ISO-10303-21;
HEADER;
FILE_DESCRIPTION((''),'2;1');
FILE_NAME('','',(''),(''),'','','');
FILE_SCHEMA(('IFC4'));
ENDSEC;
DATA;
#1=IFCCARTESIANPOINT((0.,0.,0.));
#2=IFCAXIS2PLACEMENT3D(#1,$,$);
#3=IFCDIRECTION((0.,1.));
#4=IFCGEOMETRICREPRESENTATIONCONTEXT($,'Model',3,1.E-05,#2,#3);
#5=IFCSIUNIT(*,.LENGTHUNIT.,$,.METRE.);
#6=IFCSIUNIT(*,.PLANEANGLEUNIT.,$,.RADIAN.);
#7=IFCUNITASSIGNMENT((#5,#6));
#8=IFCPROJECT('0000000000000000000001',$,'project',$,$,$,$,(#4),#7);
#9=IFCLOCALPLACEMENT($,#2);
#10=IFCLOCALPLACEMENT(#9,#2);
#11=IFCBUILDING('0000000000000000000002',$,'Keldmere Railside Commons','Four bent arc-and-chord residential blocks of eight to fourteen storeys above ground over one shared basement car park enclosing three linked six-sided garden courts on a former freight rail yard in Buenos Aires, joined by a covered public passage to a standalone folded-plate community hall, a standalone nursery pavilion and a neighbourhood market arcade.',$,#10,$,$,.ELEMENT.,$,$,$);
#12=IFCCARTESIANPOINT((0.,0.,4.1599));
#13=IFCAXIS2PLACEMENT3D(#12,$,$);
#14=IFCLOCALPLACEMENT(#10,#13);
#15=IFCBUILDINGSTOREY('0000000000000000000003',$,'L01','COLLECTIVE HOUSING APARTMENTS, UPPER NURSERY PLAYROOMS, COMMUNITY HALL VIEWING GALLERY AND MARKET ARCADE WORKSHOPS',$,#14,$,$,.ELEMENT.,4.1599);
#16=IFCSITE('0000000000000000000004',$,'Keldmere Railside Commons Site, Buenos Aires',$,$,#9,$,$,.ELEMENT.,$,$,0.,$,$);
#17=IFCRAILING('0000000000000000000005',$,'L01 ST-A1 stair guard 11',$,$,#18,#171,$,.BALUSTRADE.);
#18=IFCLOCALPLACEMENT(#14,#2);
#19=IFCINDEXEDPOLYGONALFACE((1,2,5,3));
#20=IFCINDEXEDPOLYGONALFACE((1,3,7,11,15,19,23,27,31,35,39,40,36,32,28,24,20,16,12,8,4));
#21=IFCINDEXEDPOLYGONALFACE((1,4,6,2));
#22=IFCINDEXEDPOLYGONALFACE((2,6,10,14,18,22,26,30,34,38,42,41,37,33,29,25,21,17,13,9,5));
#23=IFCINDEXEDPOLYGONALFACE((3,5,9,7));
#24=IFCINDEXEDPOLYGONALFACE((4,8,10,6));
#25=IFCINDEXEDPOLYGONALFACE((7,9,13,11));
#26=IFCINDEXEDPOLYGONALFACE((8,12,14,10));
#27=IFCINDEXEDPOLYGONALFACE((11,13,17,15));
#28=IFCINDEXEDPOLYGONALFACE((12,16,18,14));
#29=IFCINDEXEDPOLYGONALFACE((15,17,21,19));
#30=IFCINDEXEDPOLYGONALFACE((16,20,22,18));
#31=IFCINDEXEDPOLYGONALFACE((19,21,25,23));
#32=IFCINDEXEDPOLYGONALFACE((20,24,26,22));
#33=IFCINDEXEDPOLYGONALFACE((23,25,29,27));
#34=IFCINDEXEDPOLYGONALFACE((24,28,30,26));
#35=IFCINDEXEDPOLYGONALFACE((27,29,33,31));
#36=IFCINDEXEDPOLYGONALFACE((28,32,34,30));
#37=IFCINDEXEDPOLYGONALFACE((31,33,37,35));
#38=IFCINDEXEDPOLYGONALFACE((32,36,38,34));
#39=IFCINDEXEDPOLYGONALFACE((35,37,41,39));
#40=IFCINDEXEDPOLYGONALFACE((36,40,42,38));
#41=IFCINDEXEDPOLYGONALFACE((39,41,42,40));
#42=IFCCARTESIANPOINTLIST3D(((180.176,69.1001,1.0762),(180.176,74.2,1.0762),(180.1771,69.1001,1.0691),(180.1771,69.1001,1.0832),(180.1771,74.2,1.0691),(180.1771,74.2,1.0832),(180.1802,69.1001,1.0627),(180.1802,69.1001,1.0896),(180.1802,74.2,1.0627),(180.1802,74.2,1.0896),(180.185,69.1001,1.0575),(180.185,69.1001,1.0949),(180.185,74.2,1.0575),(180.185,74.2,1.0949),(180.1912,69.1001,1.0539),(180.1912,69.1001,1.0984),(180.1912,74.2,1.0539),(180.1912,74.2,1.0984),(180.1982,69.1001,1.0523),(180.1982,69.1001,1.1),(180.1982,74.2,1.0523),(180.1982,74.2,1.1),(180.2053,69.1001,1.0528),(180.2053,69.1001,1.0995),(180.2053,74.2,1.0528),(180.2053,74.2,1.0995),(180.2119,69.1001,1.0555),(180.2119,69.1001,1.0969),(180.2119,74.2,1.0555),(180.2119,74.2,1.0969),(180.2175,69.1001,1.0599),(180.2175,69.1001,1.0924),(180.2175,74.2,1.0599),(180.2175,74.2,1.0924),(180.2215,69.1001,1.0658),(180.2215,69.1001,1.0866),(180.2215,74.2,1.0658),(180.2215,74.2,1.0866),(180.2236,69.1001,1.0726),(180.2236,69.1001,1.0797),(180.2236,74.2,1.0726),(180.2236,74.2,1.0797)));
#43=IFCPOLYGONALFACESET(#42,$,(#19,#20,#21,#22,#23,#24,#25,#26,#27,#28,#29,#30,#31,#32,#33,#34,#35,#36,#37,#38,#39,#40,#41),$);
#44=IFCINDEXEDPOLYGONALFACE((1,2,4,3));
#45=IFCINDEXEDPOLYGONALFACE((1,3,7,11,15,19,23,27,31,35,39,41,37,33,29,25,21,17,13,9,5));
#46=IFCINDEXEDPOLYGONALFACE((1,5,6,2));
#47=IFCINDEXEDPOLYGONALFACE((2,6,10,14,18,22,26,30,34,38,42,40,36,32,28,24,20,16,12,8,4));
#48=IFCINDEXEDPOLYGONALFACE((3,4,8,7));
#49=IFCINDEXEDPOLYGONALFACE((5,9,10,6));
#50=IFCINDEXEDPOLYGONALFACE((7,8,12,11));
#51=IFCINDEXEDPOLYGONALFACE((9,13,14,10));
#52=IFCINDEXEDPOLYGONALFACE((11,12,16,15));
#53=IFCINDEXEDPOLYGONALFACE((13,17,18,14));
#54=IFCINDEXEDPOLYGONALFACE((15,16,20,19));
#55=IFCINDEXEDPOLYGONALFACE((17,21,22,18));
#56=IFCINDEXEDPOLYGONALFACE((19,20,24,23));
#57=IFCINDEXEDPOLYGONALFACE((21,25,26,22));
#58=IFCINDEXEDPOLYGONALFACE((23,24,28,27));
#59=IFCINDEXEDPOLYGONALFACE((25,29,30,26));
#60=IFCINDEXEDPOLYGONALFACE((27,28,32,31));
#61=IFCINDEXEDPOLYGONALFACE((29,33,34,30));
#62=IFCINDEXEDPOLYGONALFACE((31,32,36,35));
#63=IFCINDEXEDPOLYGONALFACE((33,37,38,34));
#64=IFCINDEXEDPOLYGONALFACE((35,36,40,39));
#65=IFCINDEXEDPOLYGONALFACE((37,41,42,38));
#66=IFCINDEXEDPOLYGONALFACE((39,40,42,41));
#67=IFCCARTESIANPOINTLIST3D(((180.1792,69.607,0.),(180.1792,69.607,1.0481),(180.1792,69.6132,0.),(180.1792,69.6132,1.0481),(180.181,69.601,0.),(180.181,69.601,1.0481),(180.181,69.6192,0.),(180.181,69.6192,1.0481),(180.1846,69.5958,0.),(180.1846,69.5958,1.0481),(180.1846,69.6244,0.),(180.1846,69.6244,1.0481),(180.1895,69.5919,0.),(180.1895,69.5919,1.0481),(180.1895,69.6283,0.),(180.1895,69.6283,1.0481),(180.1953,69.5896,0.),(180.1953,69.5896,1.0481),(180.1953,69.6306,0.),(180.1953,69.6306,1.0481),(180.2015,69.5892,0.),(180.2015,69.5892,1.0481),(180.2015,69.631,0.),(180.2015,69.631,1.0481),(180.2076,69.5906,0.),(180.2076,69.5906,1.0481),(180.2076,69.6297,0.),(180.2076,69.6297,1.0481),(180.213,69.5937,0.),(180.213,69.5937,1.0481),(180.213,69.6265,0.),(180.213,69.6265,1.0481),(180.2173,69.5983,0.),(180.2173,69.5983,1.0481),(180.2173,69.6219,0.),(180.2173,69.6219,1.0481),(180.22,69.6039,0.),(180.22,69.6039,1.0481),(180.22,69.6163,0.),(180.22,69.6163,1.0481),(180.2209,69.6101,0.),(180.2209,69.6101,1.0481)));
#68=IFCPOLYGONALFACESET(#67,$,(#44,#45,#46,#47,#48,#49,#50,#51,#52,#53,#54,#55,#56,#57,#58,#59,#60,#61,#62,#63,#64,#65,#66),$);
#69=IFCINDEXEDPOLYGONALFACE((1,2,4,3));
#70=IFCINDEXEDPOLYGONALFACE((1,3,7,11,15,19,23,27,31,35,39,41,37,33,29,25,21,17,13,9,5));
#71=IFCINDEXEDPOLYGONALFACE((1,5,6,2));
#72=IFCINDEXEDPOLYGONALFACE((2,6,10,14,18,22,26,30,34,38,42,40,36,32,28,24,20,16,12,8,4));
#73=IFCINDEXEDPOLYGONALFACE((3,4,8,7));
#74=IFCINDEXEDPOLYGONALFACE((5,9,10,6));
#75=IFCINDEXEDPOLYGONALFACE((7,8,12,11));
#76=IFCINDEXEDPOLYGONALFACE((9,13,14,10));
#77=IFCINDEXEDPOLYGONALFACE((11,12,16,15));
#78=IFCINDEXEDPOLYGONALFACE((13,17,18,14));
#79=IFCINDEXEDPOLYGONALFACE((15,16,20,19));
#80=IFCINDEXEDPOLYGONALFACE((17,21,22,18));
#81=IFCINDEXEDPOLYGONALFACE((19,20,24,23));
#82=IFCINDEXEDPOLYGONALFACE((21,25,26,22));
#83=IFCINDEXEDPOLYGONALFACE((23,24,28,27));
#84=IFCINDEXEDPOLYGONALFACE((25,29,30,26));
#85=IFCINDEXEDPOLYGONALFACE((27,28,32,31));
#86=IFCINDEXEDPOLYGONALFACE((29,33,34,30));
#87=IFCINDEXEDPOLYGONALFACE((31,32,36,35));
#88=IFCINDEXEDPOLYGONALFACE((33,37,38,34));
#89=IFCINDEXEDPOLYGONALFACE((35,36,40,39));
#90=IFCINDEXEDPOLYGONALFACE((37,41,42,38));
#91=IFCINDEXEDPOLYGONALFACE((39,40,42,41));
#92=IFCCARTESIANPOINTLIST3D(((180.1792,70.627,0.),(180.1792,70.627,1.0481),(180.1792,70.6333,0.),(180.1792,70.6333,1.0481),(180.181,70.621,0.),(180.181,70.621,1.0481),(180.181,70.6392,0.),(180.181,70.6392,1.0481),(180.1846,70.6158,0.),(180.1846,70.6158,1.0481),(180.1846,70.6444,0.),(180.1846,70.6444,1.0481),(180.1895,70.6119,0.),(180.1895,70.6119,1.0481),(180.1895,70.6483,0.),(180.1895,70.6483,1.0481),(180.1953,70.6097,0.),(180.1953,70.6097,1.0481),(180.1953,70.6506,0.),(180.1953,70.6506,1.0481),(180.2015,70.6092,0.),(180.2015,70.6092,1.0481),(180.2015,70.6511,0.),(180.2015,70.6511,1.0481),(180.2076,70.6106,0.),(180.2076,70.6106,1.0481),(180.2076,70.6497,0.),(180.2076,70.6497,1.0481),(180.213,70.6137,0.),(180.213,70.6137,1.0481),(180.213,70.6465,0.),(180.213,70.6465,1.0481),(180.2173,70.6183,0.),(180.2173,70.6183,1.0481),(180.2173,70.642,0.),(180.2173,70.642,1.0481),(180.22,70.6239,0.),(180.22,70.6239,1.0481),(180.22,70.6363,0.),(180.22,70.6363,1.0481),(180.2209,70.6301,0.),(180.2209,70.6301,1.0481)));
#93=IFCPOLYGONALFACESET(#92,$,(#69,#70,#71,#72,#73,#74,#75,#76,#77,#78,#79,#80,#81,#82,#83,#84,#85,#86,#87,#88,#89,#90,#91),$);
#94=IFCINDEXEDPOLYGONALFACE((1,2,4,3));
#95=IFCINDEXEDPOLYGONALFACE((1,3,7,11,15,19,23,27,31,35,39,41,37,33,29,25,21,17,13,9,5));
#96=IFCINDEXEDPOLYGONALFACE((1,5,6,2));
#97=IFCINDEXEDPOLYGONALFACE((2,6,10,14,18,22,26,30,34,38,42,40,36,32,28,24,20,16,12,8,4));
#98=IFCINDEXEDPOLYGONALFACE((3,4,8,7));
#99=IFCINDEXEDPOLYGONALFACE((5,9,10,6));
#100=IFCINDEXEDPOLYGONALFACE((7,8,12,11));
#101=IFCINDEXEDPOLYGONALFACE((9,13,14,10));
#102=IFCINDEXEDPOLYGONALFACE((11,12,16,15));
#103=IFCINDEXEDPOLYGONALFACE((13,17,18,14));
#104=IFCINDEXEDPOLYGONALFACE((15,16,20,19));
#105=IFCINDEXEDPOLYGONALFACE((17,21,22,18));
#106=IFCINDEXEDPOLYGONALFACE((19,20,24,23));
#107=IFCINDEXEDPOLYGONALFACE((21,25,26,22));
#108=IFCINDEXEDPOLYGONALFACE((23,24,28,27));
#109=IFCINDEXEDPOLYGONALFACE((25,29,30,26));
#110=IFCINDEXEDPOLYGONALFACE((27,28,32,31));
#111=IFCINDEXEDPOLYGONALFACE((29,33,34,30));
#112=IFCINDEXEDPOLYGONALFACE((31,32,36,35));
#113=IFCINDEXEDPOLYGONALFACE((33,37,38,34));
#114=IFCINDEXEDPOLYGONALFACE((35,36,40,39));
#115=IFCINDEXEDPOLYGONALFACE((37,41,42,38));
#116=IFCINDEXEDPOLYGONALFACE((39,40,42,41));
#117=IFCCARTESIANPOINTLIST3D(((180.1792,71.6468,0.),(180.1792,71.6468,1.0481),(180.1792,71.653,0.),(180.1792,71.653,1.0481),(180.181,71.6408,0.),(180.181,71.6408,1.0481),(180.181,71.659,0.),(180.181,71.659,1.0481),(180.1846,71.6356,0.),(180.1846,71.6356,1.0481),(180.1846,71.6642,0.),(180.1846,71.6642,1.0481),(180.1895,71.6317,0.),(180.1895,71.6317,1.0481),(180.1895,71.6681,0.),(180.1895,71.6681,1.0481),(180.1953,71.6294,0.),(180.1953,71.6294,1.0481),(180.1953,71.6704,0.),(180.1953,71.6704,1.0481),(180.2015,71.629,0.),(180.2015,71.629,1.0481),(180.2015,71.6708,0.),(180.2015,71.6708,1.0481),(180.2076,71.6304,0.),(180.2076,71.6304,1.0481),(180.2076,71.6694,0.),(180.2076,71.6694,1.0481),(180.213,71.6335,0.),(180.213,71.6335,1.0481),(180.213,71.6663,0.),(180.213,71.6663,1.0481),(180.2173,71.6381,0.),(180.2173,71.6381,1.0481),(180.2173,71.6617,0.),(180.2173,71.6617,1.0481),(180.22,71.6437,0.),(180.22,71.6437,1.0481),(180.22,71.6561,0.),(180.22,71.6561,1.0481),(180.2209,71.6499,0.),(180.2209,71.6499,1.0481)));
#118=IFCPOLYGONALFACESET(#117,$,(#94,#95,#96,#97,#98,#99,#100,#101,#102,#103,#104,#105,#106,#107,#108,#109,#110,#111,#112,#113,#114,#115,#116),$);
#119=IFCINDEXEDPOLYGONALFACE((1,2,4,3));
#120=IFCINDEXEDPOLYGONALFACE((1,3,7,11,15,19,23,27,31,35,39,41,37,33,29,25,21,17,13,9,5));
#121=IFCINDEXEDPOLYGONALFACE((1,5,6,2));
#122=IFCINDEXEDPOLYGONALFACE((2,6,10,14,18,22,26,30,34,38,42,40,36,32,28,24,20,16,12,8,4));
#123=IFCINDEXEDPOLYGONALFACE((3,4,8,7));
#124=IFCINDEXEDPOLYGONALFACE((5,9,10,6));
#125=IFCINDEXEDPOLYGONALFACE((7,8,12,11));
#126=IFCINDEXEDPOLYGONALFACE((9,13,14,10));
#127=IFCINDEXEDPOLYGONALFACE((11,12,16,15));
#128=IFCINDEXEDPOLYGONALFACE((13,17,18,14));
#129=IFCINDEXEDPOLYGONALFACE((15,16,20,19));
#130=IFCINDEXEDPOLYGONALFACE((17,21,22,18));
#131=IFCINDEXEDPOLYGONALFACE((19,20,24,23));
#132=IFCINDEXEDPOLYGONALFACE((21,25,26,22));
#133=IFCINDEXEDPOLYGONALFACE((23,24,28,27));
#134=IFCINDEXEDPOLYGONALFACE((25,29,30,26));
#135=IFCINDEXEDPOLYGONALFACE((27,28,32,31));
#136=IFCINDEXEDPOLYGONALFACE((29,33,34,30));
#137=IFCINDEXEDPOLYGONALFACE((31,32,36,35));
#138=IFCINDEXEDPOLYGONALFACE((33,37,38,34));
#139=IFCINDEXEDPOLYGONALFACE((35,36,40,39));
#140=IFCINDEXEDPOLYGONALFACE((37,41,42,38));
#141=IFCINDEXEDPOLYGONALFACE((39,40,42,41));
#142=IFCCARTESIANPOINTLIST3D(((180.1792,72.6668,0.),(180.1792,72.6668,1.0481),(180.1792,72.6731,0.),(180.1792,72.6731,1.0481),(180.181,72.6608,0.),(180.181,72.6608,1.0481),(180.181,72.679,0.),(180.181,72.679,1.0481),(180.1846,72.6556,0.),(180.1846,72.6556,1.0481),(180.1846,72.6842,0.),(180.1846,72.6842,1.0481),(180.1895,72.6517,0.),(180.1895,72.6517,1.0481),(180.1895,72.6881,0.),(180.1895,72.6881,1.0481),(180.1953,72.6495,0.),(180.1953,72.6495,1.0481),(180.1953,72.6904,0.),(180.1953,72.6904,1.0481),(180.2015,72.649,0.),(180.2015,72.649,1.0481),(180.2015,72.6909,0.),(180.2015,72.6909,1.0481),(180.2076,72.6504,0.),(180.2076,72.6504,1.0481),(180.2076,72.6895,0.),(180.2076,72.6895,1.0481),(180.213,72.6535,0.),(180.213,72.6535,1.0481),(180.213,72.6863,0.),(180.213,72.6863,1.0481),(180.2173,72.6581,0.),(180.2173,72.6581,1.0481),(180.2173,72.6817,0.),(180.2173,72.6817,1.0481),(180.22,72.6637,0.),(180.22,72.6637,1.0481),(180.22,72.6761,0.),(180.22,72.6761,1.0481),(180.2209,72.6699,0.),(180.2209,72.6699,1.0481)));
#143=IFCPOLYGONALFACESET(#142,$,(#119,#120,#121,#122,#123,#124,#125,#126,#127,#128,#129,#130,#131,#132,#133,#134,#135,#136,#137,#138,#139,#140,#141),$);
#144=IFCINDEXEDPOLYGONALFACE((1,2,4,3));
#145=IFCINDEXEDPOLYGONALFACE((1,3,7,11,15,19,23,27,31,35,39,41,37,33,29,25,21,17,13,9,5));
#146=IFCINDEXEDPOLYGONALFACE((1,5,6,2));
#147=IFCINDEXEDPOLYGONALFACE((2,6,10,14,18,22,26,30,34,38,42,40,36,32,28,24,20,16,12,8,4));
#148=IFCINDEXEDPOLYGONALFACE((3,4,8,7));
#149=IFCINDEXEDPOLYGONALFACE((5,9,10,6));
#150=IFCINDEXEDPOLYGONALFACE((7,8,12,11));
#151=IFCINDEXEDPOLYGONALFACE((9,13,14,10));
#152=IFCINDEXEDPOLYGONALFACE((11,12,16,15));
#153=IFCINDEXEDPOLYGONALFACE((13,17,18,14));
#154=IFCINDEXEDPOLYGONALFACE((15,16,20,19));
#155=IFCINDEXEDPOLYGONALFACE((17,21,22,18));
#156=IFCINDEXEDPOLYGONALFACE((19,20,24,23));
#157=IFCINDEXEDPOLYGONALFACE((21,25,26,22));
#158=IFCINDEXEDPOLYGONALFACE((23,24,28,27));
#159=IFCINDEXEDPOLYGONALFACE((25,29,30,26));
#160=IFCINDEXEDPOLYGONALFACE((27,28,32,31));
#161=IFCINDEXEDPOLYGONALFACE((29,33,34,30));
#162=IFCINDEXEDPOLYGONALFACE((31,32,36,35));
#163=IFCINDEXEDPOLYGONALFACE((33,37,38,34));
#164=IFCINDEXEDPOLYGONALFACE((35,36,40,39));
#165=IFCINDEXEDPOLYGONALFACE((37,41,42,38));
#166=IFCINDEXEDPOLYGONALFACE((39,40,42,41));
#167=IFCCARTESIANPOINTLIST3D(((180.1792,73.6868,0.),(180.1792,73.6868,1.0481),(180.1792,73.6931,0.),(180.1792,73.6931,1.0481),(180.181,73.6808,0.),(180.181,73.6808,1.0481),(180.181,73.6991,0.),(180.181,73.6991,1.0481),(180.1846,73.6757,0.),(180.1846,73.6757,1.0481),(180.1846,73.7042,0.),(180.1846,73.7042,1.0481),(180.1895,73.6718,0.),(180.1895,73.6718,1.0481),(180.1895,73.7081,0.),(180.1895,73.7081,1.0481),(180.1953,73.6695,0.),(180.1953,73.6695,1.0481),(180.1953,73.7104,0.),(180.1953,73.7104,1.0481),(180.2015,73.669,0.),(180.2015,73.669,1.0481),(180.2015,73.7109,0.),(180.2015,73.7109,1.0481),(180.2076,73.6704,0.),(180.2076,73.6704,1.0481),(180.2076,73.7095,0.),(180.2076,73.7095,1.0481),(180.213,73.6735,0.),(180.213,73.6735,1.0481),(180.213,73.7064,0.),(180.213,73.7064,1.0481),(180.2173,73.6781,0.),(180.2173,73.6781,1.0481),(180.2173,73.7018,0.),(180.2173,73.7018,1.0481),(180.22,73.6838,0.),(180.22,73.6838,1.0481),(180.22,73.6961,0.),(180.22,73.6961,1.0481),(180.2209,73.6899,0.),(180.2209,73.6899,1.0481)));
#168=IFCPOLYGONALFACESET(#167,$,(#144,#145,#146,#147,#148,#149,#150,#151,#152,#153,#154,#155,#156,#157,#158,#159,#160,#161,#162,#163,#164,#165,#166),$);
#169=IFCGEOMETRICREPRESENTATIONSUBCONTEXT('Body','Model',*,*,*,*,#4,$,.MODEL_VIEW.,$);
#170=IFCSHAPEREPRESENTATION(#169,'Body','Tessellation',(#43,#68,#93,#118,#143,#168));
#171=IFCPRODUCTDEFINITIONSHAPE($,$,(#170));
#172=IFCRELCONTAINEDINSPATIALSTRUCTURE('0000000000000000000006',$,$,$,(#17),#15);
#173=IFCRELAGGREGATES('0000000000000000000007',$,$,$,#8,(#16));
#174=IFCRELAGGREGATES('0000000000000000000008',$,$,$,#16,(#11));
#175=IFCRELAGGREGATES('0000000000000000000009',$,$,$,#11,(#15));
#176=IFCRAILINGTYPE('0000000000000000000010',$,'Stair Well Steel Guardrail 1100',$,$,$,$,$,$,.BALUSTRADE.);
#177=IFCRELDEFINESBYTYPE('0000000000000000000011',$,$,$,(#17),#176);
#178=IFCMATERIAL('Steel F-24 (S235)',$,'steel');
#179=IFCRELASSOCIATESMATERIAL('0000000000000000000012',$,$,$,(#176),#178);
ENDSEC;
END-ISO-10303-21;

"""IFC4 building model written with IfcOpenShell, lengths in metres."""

from ifc_helpers import new_model, si_unit, direction, frame, origin, origin_2d, place, context, subcontext, project, spatial, circle, extrude, material, type_object, element, save


model = new_model("IFC4")

# Units and contexts
model_context = context("Model", 3, precision=1e-05, world=origin(), true_north=direction((0.0, 1.0)))
body_context = subcontext(model_context, "Body", "Model", "MODEL_VIEW")
ifc_project = project(units=[si_unit("LENGTHUNIT", "METRE"), si_unit("PLANEANGLEUNIT", "RADIAN")], contexts=[model_context])

# Site, building, storey
site_placement = place(None, origin())
site = spatial("IfcSite", under=ifc_project, at=site_placement, Name="Keldmere Railside Commons Site, Buenos Aires", CompositionType="ELEMENT", RefElevation=0.0)
building_placement = place(site_placement, origin())
building = spatial("IfcBuilding", under=site, at=building_placement, Name="Keldmere Railside Commons", Description="Four bent arc-and-chord residential blocks of eight to fourteen storeys above ground over one shared basement car park enclosing three linked six-sided garden courts on a former freight rail yard in Buenos Aires, joined by a covered public passage to a standalone folded-plate community hall, a standalone nursery pavilion and a neighbourhood market arcade.", CompositionType="ELEMENT")
storey_placement = place(building_placement, frame((0.0, 0.0, 4.1599)))
storey = spatial("IfcBuildingStorey", under=building, at=storey_placement, Name="L01", Description="COLLECTIVE HOUSING APARTMENTS, UPPER NURSERY PLAYROOMS, COMMUNITY HALL VIEWING GALLERY AND MARKET ARCADE WORKSHOPS", CompositionType="ELEMENT", Elevation=4.1599)

# Railing
ifc_material_1 = material(Name="Steel F-24 (S235)", Category="steel")
railing_type_1 = type_object("IfcRailingType", Name="Stair Well Steel Guardrail 1100", PredefinedType="BALUSTRADE", material=ifc_material_1)
for number, where, name in (
    (1, (180.2, 69.1001, 0.0), "L01 ST-A1 stair guard 11"),
):
    element("IfcRailing", number, at=place(storey_placement, frame(where)), inside=storey, type_object=railing_type_1, Name=name, PredefinedType="BALUSTRADE", context=body_context, shape_type="SweptSolid", body=[
        extrude(circle(Radius=0.0239, at=origin_2d()), frame((0.0, 0.0, 1.0762), z_axis=(0.0, 1.0, 0.0), x_axis=(-1.0, 0.0, 0.0)), (0.0, 0.0, 1.0), 5.0999),
        extrude(circle(Radius=0.021, at=origin_2d()), frame((0.0, 0.51, 0.0)), (0.0, 0.0, 1.0), 1.0481),
        extrude(circle(Radius=0.021, at=origin_2d()), frame((0.0, 1.53, 0.0)), (0.0, 0.0, 1.0), 1.0481),
        extrude(circle(Radius=0.021, at=origin_2d()), frame((0.0, 2.5498, 0.0)), (0.0, 0.0, 1.0), 1.0481),
        extrude(circle(Radius=0.021, at=origin_2d()), frame((0.0, 3.5698, 0.0)), (0.0, 0.0, 1.0), 1.0481),
        extrude(circle(Radius=0.021, at=origin_2d()), frame((0.0, 4.5898, 0.0)), (0.0, 0.0, 1.0), 1.0481),
    ])

save(model, "model.ifc")
